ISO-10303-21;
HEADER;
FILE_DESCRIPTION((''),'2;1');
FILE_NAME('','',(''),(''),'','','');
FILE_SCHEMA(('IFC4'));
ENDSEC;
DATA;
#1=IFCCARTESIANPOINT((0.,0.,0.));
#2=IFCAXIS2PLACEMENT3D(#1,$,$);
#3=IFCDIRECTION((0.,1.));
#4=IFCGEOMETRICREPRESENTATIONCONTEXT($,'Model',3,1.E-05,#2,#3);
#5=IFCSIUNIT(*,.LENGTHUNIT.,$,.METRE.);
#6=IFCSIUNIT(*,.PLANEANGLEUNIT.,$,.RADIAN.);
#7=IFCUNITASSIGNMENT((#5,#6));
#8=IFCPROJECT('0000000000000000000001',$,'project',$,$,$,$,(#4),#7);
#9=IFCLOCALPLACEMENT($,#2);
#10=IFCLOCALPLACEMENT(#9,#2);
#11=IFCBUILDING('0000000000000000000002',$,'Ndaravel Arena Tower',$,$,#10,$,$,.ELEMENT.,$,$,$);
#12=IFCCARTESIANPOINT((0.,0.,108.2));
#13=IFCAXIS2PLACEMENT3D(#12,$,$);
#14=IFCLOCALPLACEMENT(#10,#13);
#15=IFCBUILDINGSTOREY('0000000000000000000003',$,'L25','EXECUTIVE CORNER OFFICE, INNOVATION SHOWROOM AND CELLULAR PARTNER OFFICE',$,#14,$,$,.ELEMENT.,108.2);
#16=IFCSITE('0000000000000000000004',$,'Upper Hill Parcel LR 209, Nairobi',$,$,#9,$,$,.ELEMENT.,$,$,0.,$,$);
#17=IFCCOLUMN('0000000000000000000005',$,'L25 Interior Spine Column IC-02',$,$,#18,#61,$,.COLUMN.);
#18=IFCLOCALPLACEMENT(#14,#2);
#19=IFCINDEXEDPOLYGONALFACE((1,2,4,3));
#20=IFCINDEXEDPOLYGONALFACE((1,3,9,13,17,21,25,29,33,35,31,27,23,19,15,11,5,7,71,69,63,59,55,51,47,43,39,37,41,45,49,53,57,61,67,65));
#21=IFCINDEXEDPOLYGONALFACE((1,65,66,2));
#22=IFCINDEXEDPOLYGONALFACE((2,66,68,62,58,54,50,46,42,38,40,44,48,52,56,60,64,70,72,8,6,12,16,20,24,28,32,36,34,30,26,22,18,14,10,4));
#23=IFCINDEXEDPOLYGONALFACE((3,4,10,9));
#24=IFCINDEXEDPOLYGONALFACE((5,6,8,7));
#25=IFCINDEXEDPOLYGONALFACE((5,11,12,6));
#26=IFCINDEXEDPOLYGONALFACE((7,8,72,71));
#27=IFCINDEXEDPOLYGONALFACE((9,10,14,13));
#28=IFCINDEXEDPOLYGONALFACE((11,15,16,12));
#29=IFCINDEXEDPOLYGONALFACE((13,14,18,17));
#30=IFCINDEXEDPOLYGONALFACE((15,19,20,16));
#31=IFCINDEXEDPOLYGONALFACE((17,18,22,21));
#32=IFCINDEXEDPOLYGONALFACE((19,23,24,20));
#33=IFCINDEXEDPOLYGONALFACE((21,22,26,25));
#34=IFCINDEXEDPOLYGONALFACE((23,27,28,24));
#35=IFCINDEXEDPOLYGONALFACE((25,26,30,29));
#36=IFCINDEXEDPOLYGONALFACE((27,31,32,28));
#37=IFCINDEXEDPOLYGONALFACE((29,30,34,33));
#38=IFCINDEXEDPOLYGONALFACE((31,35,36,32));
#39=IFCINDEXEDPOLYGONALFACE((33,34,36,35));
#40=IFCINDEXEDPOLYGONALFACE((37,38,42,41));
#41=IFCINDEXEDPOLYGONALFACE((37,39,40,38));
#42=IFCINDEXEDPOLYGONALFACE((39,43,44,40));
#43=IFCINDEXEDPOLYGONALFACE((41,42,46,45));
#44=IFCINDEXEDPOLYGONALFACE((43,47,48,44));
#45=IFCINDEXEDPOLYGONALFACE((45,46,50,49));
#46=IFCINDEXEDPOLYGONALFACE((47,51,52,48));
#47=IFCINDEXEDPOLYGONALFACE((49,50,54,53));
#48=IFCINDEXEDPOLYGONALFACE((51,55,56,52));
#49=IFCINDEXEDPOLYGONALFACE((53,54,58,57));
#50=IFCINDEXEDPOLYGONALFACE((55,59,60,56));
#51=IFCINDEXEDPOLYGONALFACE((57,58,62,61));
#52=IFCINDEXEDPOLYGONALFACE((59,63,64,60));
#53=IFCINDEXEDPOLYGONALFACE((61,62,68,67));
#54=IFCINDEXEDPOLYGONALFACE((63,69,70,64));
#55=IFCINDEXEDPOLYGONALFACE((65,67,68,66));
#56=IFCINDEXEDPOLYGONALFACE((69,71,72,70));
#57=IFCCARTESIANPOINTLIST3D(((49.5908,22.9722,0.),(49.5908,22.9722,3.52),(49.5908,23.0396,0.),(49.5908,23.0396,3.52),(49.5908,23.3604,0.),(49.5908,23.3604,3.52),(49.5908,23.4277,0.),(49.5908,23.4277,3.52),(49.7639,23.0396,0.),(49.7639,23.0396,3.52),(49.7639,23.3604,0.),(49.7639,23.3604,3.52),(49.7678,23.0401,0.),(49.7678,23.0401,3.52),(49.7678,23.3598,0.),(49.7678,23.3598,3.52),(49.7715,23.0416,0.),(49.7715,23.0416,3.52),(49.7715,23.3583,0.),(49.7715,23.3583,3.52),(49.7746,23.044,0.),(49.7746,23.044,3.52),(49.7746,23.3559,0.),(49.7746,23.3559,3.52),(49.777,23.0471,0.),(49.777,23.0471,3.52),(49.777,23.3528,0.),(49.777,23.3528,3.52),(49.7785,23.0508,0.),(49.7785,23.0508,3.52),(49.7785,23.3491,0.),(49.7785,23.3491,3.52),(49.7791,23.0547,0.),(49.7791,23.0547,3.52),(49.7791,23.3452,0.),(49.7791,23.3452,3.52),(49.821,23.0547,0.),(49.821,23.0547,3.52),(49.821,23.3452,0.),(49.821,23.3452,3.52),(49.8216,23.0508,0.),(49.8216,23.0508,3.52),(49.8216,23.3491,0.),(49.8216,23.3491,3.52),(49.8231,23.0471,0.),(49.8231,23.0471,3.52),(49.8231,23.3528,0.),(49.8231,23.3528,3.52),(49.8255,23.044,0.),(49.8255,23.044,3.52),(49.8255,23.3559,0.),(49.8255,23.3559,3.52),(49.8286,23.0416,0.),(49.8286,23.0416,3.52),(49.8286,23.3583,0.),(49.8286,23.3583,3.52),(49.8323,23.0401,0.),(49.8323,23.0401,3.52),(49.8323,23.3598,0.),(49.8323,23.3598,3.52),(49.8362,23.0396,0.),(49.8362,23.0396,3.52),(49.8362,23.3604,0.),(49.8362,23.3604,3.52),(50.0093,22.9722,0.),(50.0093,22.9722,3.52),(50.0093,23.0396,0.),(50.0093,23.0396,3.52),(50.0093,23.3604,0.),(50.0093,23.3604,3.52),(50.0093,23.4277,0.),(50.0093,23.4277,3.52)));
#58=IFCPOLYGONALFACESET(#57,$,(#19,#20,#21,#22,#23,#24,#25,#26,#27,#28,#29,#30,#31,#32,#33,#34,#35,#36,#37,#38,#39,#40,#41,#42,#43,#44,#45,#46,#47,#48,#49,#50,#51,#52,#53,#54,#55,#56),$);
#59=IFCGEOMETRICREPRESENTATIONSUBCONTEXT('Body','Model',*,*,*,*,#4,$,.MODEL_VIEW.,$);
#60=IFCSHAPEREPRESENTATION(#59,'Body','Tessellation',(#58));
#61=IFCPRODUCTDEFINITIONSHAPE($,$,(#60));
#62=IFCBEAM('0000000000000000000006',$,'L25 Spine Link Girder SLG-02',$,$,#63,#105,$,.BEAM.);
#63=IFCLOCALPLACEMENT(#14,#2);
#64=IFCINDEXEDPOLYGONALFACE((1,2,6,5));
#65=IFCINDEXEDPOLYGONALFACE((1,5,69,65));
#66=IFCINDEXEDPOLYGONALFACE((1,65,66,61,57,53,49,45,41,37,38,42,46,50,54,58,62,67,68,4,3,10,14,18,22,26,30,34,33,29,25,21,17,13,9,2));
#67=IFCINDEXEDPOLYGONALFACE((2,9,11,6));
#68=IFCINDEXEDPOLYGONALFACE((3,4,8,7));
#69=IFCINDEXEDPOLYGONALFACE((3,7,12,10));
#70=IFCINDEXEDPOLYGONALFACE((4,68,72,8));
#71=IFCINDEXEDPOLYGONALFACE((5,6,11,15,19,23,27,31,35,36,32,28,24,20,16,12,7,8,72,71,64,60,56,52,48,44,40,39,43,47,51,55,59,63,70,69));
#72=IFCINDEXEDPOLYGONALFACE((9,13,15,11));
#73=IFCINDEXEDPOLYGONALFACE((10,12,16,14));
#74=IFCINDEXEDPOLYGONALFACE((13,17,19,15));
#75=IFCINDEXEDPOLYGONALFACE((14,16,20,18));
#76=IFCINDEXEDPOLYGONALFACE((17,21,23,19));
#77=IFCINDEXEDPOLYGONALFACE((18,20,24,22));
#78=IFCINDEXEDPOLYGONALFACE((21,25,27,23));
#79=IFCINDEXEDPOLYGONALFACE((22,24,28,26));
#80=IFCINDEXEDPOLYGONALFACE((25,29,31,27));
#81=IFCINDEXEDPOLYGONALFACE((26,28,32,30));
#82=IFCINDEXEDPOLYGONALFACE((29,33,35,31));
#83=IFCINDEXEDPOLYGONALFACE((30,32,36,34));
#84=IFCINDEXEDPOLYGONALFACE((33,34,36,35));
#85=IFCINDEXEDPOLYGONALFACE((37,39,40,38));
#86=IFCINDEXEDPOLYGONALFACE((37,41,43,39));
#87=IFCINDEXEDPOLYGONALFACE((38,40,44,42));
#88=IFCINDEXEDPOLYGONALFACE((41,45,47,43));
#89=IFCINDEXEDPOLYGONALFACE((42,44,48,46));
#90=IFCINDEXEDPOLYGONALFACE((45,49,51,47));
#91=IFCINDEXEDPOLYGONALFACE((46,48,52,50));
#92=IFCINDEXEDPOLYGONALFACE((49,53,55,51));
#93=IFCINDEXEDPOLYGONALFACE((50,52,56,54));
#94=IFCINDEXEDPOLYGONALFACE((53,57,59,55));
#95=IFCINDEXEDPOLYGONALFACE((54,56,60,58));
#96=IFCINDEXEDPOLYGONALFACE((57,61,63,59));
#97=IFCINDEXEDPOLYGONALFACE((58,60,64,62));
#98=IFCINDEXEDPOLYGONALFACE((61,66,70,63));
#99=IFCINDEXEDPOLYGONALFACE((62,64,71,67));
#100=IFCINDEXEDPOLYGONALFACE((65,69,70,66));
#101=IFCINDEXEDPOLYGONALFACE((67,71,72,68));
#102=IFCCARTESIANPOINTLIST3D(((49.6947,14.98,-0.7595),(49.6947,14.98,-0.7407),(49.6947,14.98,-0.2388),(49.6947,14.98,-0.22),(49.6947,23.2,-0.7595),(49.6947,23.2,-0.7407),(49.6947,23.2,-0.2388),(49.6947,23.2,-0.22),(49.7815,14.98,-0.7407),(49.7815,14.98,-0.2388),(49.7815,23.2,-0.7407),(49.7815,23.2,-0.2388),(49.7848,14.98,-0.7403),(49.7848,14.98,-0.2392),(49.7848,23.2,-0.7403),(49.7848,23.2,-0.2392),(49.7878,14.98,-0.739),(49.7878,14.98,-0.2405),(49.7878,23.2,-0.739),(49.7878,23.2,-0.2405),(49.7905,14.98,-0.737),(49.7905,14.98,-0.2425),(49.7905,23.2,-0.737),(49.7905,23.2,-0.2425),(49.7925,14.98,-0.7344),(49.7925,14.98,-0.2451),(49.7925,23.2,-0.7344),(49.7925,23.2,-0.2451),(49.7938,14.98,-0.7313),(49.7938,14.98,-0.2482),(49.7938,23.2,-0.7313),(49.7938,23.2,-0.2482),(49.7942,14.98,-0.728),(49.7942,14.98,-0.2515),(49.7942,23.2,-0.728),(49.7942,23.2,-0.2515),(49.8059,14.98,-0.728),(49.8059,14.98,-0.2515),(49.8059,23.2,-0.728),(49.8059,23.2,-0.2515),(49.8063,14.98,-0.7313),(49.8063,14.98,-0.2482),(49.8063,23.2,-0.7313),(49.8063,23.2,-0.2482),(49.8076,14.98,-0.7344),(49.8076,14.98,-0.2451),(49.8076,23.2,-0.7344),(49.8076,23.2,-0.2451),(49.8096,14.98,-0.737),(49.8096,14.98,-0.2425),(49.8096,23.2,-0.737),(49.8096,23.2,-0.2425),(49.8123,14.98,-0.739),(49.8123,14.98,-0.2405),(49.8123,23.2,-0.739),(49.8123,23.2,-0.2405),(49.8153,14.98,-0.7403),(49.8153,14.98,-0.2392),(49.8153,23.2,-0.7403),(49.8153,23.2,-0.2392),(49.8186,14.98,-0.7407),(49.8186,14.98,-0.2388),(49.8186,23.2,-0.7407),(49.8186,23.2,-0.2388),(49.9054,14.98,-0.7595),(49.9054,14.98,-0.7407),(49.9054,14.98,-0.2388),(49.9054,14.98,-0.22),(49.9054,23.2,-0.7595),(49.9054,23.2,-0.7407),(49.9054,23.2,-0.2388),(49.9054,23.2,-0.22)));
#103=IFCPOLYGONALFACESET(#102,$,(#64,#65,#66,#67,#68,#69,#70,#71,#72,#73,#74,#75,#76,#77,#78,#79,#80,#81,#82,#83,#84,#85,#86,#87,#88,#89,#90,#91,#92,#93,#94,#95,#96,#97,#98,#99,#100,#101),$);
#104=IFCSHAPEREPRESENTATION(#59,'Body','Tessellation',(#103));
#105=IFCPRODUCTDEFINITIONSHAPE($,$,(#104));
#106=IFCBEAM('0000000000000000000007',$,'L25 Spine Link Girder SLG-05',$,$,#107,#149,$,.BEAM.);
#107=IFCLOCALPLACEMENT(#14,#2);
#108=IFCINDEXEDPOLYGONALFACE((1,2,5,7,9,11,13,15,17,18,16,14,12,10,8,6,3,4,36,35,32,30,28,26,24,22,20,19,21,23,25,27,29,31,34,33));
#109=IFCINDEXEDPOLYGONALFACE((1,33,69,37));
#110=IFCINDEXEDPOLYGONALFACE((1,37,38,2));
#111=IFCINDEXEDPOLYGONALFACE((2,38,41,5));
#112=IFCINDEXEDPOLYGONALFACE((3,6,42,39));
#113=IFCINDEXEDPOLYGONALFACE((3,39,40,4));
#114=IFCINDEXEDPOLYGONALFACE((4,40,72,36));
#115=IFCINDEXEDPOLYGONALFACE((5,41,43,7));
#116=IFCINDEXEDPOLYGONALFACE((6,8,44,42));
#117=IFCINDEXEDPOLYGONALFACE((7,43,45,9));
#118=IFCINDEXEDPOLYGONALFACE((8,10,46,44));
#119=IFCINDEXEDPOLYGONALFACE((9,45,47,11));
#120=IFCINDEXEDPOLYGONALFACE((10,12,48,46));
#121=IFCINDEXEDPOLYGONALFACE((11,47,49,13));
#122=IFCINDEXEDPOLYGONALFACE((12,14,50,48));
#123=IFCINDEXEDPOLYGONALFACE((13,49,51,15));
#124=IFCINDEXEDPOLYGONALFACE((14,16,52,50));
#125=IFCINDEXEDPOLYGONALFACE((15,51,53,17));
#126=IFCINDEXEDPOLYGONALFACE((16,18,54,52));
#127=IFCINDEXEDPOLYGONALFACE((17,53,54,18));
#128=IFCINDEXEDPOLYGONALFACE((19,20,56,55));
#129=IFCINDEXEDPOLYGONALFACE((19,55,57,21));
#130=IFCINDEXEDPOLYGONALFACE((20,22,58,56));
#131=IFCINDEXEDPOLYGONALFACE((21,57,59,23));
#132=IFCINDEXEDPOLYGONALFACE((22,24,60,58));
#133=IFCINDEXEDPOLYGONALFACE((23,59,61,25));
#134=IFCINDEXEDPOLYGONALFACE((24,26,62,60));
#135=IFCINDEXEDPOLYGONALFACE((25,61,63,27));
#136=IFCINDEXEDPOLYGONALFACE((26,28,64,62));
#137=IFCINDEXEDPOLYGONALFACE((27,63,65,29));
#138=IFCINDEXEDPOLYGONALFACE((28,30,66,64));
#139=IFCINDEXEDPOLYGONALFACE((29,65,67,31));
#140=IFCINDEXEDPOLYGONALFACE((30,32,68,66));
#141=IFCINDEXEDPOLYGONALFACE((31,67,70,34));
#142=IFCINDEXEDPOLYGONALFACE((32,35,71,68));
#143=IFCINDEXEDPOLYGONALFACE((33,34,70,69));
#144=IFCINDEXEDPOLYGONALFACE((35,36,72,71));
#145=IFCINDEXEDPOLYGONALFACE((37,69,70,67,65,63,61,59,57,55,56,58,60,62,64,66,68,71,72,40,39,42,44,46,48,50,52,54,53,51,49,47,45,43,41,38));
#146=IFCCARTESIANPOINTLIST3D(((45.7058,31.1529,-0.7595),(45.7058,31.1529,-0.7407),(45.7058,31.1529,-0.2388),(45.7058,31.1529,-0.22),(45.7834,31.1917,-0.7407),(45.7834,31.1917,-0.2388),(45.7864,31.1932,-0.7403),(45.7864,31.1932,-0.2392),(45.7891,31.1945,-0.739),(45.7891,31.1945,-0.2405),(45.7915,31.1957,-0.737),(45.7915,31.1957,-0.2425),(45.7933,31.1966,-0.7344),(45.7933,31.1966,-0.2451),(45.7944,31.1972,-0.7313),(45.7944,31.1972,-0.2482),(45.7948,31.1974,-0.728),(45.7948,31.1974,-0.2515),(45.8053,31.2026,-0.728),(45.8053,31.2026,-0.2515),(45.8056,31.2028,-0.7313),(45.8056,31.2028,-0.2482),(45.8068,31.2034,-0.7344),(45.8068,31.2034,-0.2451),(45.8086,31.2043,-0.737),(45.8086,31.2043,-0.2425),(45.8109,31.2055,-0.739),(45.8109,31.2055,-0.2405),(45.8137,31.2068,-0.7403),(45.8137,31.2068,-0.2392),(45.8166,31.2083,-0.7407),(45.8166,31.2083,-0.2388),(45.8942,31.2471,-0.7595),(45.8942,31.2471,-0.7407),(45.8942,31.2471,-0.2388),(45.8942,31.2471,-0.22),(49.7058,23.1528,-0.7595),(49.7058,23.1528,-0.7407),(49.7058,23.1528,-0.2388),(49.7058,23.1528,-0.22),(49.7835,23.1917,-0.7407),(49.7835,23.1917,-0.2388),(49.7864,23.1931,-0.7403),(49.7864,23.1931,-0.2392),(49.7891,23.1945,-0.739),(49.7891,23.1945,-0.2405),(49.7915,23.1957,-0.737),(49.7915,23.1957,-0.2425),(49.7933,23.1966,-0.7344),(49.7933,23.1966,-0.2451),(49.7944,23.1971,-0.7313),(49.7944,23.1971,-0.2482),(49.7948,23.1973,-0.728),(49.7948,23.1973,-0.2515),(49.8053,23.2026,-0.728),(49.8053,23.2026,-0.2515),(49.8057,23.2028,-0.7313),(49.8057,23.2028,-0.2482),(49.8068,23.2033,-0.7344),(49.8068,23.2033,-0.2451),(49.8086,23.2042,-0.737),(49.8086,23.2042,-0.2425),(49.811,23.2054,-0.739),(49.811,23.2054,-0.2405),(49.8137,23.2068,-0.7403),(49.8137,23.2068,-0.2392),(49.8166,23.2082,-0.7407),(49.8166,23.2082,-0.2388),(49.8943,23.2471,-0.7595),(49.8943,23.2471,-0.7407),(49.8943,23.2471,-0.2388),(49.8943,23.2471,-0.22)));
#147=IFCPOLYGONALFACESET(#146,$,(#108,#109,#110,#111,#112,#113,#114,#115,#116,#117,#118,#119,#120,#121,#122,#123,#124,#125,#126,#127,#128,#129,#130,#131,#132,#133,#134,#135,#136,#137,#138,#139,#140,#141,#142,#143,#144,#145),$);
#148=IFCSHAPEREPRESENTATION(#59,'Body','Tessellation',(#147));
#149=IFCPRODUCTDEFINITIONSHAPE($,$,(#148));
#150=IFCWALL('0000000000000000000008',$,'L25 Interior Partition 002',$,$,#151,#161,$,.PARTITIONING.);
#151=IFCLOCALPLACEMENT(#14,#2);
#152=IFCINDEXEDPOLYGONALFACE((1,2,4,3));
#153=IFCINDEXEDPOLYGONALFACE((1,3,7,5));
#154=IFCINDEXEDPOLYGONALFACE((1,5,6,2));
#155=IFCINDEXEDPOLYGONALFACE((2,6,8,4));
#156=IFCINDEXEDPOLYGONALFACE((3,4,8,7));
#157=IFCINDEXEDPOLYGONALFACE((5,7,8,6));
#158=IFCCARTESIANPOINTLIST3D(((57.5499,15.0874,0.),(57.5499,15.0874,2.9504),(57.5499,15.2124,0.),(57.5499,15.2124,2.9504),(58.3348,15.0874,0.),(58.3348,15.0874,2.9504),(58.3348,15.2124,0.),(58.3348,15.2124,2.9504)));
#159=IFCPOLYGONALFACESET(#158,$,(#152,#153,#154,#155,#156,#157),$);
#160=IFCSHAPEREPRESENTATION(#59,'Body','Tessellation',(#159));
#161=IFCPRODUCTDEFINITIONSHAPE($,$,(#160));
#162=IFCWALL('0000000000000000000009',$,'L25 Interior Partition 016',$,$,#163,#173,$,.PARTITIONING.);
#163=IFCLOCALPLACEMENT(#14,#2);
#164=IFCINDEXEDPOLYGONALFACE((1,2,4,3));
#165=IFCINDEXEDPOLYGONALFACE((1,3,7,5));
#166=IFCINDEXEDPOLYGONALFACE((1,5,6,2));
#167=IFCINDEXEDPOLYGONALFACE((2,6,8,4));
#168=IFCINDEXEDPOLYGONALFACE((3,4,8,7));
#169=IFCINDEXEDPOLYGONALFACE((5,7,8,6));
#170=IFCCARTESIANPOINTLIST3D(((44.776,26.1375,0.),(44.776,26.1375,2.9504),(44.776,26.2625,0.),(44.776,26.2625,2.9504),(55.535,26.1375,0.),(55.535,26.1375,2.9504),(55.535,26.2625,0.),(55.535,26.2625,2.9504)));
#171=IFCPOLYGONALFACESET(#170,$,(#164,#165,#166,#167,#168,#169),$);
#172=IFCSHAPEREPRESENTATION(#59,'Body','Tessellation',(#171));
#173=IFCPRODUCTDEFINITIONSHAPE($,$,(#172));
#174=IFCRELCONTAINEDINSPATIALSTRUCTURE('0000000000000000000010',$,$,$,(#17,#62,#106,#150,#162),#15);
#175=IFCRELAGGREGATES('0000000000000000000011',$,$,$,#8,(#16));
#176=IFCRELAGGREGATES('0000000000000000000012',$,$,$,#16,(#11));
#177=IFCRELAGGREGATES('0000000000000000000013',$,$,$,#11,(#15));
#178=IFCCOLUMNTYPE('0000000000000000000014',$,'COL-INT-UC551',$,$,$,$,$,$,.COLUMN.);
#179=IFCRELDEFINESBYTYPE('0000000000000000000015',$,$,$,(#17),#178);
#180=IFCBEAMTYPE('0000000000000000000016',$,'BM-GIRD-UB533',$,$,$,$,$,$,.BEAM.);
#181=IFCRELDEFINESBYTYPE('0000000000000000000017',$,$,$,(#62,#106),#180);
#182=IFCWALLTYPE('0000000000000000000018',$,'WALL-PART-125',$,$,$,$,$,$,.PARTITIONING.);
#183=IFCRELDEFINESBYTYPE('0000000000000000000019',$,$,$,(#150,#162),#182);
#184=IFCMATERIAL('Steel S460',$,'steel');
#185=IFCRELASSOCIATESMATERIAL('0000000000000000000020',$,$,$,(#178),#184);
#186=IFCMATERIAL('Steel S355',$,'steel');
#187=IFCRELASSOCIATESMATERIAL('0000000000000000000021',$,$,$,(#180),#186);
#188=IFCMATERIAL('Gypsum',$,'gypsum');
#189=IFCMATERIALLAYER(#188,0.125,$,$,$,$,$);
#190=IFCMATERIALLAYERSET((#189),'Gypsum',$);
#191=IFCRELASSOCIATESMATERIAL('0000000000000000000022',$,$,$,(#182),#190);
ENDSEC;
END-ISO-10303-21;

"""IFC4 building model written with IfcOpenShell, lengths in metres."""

from ifc_helpers import new_model, si_unit, direction, frame, frame_2d, origin, origin_2d, place, context, subcontext, project, spatial, rectangle, i_section, extrude, material, layer, layer_set, material_profile, profile_set, type_object, element, save


model = new_model("IFC4")

# Units and contexts
model_context = context("Model", 3, precision=1e-05, world=origin(), true_north=direction((0.0, 1.0)))
body_context = subcontext(model_context, "Body", "Model", "MODEL_VIEW")
ifc_project = project(units=[si_unit("LENGTHUNIT", "METRE"), si_unit("PLANEANGLEUNIT", "RADIAN")], contexts=[model_context])

# Site, building, storey
site_placement = place(None, origin())
site = spatial("IfcSite", under=ifc_project, at=site_placement, Name="Upper Hill Parcel LR 209, Nairobi", CompositionType="ELEMENT", RefElevation=0.0)
building_placement = place(site_placement, origin())
building = spatial("IfcBuilding", under=site, at=building_placement, Name="Ndaravel Arena Tower", CompositionType="ELEMENT")
storey_placement = place(building_placement, frame((0.0, 0.0, 108.2)))
storey = spatial("IfcBuildingStorey", under=building, at=storey_placement, Name="L25", Description="EXECUTIVE CORNER OFFICE, INNOVATION SHOWROOM AND CELLULAR PARTNER OFFICE", CompositionType="ELEMENT", Elevation=108.2)

# Column
ifc_material_1 = material(Name="Steel S460", Category="steel")
ifc_material_profile_1 = material_profile(ifc_material_1, i_section(OverallWidth=0.4185, OverallDepth=0.4556, WebThickness=0.042, FlangeThickness=0.0674, FilletRadius=0.0151, at=origin_2d()), Name="UC 356x406x551")
ifc_profile_set_1 = profile_set([ifc_material_profile_1], Name="Steel S460")
column_type = type_object("IfcColumnType", Name="COL-INT-UC551", PredefinedType="COLUMN", material=ifc_profile_set_1)
column_placement = place(storey_placement, frame((49.8, 23.2, 0.0), z_axis=(0.0, 0.0, 1.0), x_axis=(1.0, 0.0, 0.0)))
element("IfcColumn", 1, at=column_placement, inside=storey, type_object=column_type, Name="L25 Interior Spine Column IC-02", PredefinedType="COLUMN", context=body_context, shape_type="SweptSolid", body=[
    extrude(i_section(OverallWidth=0.4185, OverallDepth=0.4556, WebThickness=0.042, FlangeThickness=0.0674, FilletRadius=0.0151, at=origin_2d()), origin(), (0.0, 0.0, 1.0), 3.52),
])

# Beams
ifc_material_2 = material(Name="Steel S355", Category="steel")
ifc_material_profile_2 = material_profile(ifc_material_2, i_section(OverallWidth=0.2107, OverallDepth=0.5396, WebThickness=0.0117, FlangeThickness=0.0188, FilletRadius=0.0127, at=origin_2d()), Name="UB 533x210x109")
ifc_profile_set_2 = profile_set([ifc_material_profile_2], Name="Steel S355")
beam_type = type_object("IfcBeamType", Name="BM-GIRD-UB533", PredefinedType="BEAM", material=ifc_profile_set_2)
beam_1_placement = place(storey_placement, frame((49.8, 14.98, -0.4897), z_axis=(0.0, 1.0, 0.0), x_axis=(-1.0, 0.0, 0.0)))
element("IfcBeam", 2, at=beam_1_placement, inside=storey, type_object=beam_type, Name="L25 Spine Link Girder SLG-02", PredefinedType="BEAM", context=body_context, shape_type="SweptSolid", body=[
    extrude(i_section(OverallWidth=0.2107, OverallDepth=0.5396, WebThickness=0.0117, FlangeThickness=0.0188, FilletRadius=0.0127, at=origin_2d()), origin(), (0.0, 0.0, 1.0), 8.22),
])
beam_2_placement = place(storey_placement, frame((49.8, 23.2, -0.4897), z_axis=(-0.447214, 0.894427, 0.0), x_axis=(-0.894427, -0.447214, 0.0)))
element("IfcBeam", 3, at=beam_2_placement, inside=storey, type_object=beam_type, Name="L25 Spine Link Girder SLG-05", PredefinedType="BEAM", context=body_context, shape_type="SweptSolid", body=[
    extrude(i_section(OverallWidth=0.2107, OverallDepth=0.5396, WebThickness=0.0117, FlangeThickness=0.0188, FilletRadius=0.0127, at=origin_2d()), origin(), (0.0, 0.0, 1.0), 8.9443),
])

# Walls
ifc_material_3 = material(Name="Gypsum", Category="gypsum")
ifc_layer_1 = layer(ifc_material_3, 0.125)
ifc_layer_set_1 = layer_set([ifc_layer_1], Name="Gypsum")
wall_type_1 = type_object("IfcWallType", Name="WALL-PART-125", PredefinedType="PARTITIONING", material=ifc_layer_set_1)
wall_1_placement = place(storey_placement, frame((58.335, 15.1499, 0.0), z_axis=(0.0, 0.0, 1.0), x_axis=(-1.0, 0.0, 0.0)))
element("IfcWall", 4, at=wall_1_placement, inside=storey, type_object=wall_type_1, Name="L25 Interior Partition 002", PredefinedType="PARTITIONING", context=body_context, shape_type="SweptSolid", body=[
    extrude(rectangle(XDim=0.7849, YDim=0.125, at=frame_2d((0.3926, 0.0))), origin(), (0.0, 0.0, 1.0), 2.9504),
])
wall_2_placement = place(storey_placement, frame((55.5349, 26.2, 0.0), z_axis=(0.0, 0.0, 1.0), x_axis=(-1.0, 0.0, 0.0)))
element("IfcWall", 5, at=wall_2_placement, inside=storey, type_object=wall_type_1, Name="L25 Interior Partition 016", PredefinedType="PARTITIONING", context=body_context, shape_type="SweptSolid", body=[
    extrude(rectangle(XDim=10.759, YDim=0.125, at=frame_2d((5.3794, 0.0))), origin(), (0.0, 0.0, 1.0), 2.9504),
])

save(model, "model.ifc")
